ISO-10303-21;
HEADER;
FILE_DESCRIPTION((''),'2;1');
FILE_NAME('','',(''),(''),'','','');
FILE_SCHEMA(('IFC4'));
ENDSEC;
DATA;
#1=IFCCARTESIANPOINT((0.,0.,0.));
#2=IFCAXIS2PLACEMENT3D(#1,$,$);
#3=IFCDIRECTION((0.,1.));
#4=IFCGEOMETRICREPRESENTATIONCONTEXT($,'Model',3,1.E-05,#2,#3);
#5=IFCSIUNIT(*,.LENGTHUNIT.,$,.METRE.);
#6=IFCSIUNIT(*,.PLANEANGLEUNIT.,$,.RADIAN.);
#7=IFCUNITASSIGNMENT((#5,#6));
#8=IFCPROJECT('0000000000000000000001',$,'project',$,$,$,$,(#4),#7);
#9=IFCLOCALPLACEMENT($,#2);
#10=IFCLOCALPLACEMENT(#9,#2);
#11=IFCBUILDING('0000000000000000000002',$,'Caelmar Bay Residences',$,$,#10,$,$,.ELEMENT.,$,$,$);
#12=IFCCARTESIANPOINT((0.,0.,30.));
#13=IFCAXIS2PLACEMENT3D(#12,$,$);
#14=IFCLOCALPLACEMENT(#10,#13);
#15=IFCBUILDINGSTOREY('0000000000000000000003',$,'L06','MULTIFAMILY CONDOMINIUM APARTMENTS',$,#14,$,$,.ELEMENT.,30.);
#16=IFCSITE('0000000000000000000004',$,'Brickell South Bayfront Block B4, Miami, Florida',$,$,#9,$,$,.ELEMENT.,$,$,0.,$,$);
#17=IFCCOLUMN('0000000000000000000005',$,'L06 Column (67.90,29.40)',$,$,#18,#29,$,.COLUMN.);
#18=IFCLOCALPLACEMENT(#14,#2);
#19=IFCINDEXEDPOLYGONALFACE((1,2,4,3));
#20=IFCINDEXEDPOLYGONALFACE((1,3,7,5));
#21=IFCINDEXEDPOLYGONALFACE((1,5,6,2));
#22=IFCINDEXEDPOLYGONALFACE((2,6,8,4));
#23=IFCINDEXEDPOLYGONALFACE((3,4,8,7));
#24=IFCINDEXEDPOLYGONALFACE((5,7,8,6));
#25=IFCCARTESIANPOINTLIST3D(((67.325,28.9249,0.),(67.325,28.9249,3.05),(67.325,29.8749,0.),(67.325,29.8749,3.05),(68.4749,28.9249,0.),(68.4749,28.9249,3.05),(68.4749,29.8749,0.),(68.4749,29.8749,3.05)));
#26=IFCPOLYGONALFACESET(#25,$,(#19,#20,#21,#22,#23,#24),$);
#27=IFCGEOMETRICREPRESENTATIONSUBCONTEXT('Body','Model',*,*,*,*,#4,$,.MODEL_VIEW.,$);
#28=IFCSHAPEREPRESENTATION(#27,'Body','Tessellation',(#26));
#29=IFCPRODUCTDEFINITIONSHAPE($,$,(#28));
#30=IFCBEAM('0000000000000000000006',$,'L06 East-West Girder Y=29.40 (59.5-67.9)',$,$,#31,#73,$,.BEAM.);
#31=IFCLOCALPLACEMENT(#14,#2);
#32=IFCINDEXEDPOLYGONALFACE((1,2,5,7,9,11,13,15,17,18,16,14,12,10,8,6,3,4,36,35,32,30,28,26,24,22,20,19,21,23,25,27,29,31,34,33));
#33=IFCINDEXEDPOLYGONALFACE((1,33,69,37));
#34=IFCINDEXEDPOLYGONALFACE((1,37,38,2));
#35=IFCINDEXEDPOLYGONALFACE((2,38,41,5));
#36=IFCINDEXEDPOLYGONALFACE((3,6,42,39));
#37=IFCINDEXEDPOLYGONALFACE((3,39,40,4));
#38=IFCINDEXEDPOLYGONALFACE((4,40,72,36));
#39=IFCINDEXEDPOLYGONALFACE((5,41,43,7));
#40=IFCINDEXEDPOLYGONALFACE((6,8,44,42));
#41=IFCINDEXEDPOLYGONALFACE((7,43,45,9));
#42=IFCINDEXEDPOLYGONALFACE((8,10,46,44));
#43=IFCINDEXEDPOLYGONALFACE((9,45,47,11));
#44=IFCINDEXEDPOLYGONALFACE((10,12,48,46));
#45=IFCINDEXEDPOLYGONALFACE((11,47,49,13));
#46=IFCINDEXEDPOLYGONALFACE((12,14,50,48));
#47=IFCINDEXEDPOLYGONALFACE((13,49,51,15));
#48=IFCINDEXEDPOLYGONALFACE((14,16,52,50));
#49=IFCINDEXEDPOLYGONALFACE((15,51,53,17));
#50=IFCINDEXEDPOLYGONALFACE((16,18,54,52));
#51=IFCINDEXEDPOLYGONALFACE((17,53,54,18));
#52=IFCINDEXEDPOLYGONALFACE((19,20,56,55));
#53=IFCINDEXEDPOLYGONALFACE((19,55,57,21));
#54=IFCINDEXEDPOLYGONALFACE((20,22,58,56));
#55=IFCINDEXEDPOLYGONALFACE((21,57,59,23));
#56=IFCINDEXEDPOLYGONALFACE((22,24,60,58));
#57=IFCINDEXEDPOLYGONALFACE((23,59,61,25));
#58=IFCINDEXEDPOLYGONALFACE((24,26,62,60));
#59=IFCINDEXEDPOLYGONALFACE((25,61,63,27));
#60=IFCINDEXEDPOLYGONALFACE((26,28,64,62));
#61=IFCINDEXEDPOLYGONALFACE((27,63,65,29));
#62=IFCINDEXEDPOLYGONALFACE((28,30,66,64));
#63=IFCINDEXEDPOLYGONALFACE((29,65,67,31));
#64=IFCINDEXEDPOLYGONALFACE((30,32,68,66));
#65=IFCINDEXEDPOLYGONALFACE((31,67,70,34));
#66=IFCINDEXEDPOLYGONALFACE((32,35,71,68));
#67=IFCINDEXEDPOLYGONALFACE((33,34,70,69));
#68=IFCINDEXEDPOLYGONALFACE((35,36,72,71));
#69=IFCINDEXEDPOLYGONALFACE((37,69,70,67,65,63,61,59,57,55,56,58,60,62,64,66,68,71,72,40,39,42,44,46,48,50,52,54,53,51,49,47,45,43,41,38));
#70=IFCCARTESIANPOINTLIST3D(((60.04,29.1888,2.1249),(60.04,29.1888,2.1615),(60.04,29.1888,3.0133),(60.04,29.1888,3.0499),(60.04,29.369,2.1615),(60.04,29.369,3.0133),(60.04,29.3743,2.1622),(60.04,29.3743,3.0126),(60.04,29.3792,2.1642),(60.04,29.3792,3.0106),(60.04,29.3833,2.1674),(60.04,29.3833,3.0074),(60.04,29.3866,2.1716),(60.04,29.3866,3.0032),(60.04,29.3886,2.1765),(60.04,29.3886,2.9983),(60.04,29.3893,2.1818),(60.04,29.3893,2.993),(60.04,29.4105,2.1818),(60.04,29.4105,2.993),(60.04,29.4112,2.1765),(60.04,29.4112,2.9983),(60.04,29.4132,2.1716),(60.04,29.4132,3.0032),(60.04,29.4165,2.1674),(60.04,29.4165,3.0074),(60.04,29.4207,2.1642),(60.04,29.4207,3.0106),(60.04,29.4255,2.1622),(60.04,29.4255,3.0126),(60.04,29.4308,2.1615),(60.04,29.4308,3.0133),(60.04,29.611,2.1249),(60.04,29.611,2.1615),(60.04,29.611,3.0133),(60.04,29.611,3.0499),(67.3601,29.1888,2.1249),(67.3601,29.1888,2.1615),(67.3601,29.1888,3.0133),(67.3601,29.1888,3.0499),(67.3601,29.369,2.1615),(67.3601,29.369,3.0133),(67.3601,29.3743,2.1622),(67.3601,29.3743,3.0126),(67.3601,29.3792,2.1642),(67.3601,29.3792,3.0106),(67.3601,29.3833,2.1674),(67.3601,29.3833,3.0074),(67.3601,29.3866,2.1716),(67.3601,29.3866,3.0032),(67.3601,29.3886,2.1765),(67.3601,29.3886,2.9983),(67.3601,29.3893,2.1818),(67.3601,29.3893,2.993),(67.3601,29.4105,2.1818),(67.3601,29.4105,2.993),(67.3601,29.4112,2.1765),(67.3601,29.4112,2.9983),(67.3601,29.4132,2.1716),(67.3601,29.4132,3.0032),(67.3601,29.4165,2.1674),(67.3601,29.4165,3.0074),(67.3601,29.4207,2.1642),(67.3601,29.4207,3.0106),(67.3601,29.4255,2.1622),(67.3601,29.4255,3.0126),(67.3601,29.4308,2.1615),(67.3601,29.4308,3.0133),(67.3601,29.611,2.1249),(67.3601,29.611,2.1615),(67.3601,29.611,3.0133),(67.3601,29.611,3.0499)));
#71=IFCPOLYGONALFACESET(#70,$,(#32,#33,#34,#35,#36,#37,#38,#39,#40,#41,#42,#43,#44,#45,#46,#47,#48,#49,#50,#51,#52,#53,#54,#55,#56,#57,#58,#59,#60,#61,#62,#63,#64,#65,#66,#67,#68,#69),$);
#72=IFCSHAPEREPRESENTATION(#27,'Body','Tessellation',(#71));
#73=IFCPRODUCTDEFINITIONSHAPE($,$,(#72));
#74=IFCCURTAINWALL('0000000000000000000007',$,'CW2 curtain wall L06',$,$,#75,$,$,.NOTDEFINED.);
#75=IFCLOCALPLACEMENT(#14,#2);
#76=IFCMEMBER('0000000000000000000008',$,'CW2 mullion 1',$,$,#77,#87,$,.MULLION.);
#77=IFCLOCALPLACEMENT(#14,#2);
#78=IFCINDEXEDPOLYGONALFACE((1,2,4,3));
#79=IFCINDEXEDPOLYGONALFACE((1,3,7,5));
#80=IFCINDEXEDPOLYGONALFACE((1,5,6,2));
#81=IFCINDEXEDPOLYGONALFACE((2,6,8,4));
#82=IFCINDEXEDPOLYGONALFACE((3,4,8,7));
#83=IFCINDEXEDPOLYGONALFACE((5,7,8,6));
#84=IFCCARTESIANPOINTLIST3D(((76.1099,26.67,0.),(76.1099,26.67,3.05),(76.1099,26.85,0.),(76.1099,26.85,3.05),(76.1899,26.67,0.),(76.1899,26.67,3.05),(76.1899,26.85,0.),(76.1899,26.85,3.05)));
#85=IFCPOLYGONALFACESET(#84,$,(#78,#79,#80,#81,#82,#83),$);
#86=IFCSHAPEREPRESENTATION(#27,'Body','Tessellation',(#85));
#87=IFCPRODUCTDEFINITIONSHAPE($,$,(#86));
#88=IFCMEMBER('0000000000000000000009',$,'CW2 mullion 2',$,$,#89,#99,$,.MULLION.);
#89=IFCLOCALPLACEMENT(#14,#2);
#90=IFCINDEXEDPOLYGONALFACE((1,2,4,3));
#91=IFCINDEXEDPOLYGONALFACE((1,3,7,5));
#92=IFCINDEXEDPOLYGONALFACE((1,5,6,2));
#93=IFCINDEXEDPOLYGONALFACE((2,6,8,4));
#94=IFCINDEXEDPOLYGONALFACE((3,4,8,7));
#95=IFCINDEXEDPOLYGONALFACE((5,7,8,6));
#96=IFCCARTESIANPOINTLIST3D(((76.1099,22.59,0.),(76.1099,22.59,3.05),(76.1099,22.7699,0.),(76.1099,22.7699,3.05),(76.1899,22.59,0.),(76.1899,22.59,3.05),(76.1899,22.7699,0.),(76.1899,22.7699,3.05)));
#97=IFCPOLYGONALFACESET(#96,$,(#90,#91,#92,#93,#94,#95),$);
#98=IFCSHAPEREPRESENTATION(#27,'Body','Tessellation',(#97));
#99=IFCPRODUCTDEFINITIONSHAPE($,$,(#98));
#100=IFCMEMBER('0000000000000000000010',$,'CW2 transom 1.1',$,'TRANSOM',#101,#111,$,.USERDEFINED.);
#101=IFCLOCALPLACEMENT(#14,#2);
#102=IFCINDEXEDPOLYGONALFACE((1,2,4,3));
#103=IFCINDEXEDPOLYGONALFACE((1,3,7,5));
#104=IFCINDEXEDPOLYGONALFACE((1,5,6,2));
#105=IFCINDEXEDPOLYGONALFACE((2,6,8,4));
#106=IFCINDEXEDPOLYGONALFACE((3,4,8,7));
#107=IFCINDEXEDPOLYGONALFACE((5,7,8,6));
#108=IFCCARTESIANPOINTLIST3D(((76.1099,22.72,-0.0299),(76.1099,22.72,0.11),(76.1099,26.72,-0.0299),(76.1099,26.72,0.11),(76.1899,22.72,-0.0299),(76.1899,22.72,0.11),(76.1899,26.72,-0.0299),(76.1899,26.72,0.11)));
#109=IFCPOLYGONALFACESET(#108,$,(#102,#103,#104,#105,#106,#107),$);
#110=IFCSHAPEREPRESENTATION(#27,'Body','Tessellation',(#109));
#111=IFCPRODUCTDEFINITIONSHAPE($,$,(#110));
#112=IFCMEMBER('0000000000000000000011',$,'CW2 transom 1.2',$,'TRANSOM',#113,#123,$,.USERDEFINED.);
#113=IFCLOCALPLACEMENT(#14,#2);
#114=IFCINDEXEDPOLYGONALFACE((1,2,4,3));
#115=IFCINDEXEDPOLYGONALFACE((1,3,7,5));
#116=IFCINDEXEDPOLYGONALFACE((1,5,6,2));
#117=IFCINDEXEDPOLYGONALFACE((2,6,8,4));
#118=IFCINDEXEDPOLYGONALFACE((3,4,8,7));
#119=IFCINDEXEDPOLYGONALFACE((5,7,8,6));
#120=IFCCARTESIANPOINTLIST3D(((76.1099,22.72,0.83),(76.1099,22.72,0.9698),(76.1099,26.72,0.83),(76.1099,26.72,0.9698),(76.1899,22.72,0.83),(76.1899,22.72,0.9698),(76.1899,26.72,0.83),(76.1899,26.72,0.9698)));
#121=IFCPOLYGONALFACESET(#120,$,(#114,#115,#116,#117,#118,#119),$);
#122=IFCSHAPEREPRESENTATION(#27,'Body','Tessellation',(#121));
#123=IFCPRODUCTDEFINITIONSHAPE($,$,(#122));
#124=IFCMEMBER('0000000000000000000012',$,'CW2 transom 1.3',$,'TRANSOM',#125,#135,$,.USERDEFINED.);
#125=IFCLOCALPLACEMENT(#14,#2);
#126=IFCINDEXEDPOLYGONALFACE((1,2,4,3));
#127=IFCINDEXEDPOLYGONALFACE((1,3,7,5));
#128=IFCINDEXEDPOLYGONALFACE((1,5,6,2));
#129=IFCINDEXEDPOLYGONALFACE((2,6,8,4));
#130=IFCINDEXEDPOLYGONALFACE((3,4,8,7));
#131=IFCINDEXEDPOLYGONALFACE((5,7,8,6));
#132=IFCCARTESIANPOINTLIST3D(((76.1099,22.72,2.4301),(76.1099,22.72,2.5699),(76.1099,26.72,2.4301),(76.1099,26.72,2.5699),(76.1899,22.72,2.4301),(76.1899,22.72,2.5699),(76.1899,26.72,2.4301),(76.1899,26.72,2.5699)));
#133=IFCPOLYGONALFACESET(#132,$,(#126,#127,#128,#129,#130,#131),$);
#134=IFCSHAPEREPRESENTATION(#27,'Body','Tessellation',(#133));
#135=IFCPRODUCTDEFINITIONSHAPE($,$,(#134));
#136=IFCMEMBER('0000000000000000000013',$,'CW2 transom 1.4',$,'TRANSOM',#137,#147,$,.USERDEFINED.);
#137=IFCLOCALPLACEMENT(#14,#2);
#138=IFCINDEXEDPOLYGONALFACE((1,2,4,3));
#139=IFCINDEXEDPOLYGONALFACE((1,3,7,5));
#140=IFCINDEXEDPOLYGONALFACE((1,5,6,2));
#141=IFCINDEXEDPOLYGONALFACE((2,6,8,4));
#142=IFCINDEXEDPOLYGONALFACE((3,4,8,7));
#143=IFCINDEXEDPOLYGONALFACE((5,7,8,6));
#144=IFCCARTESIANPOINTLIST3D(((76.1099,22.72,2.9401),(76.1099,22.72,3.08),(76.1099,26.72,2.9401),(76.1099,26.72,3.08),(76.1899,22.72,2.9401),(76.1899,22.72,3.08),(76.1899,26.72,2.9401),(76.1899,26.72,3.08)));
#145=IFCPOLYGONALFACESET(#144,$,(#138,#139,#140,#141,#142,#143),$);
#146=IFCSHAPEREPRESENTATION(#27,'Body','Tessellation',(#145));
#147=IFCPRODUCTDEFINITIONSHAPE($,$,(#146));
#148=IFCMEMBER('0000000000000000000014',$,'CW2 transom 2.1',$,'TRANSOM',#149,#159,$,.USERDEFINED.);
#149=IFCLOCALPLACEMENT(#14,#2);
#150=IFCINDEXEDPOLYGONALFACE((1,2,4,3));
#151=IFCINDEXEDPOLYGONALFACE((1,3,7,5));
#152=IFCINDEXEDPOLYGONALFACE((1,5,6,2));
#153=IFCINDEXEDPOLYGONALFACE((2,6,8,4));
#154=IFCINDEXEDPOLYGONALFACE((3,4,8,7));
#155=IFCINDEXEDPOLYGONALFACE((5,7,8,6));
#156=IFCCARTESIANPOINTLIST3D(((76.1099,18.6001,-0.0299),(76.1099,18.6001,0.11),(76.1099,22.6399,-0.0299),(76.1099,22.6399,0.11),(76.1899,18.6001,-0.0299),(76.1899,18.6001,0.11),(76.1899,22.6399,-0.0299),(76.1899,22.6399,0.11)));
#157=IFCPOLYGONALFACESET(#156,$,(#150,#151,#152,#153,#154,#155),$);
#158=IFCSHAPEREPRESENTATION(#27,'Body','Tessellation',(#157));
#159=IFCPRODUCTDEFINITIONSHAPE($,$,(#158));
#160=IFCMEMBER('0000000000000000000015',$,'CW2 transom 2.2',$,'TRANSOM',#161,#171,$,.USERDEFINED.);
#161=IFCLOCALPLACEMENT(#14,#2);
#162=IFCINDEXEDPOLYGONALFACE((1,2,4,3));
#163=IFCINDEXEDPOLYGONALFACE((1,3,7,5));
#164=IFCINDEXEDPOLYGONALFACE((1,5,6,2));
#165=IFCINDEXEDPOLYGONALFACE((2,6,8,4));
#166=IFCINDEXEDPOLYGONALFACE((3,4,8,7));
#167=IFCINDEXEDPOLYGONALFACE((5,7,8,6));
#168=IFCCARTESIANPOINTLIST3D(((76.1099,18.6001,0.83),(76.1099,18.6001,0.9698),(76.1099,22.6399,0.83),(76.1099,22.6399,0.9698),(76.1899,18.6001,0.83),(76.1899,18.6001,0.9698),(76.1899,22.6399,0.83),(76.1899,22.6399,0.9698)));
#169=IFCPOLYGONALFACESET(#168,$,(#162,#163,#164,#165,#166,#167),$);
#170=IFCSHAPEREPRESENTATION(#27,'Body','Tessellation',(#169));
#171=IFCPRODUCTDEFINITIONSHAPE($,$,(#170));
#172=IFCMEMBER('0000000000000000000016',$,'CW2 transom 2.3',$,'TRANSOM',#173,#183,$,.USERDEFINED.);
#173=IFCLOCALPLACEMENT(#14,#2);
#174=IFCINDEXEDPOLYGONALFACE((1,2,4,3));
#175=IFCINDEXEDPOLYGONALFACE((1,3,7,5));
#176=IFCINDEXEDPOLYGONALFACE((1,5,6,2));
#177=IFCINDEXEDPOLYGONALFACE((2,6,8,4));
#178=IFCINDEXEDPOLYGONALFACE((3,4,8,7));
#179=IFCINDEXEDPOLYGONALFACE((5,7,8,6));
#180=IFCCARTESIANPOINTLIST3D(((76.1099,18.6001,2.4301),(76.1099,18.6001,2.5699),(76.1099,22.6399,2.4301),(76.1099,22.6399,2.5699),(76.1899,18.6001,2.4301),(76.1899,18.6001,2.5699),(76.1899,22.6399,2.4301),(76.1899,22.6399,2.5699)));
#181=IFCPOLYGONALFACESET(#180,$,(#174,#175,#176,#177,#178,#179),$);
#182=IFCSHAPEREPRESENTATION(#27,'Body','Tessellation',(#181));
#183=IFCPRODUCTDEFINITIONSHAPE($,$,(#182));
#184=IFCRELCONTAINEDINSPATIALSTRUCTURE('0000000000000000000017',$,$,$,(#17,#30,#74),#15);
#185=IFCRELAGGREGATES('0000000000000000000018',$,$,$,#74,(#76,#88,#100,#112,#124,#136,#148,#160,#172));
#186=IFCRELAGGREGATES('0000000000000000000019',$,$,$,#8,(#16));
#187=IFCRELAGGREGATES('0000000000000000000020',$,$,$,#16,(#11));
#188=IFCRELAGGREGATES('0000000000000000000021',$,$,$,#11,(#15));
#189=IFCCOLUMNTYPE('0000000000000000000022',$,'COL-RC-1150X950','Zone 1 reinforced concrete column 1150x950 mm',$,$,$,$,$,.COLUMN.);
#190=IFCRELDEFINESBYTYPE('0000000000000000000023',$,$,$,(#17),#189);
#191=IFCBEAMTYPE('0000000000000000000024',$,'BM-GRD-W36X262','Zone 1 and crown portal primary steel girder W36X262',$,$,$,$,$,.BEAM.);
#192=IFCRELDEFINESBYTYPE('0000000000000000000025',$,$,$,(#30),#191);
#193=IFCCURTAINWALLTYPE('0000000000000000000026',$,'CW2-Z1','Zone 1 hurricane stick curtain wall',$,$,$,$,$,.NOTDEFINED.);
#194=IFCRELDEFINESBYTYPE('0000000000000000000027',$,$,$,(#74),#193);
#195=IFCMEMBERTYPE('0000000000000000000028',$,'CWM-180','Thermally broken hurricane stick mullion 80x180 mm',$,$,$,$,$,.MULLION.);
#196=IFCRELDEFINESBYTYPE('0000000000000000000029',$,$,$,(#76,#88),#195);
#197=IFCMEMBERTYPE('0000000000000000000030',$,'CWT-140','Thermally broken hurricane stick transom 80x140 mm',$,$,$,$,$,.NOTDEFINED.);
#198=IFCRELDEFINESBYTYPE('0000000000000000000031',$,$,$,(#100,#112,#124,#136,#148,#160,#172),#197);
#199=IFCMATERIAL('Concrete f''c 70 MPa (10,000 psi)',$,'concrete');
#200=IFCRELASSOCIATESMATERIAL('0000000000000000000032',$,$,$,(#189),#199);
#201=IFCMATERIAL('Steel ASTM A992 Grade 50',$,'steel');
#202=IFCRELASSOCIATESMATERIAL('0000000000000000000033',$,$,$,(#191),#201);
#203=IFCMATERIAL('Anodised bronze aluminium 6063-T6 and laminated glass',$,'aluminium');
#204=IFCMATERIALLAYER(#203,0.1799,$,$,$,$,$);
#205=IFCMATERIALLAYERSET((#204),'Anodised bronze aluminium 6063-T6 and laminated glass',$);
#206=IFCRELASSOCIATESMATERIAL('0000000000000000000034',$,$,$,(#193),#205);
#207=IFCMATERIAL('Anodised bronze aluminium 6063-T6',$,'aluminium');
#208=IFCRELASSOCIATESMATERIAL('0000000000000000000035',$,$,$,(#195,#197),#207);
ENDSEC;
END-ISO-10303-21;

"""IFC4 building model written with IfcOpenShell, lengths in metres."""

from ifc_helpers import new_model, si_unit, direction, frame, origin, origin_2d, place, context, subcontext, project, spatial, rectangle, i_section, extrude, material, layer, layer_set, material_profile, profile_set, type_object, element, aggregate, save


model = new_model("IFC4")

# Units and contexts
model_context = context("Model", 3, precision=1e-05, world=origin(), true_north=direction((0.0, 1.0)))
body_context = subcontext(model_context, "Body", "Model", "MODEL_VIEW")
ifc_project = project(units=[si_unit("LENGTHUNIT", "METRE"), si_unit("PLANEANGLEUNIT", "RADIAN")], contexts=[model_context])

# Site, building, storey
site_placement = place(None, origin())
site = spatial("IfcSite", under=ifc_project, at=site_placement, Name="Brickell South Bayfront Block B4, Miami, Florida", CompositionType="ELEMENT", RefElevation=0.0)
building_placement = place(site_placement, origin())
building = spatial("IfcBuilding", under=site, at=building_placement, Name="Caelmar Bay Residences", CompositionType="ELEMENT")
storey_placement = place(building_placement, frame((0.0, 0.0, 30.0)))
storey = spatial("IfcBuildingStorey", under=building, at=storey_placement, Name="L06", Description="MULTIFAMILY CONDOMINIUM APARTMENTS", CompositionType="ELEMENT", Elevation=30.0)

# Column
ifc_material_1 = material(Name="Concrete f'c 70 MPa (10,000 psi)", Category="concrete")
ifc_material_profile_1 = material_profile(ifc_material_1, rectangle(XDim=1.1499, YDim=0.95, at=origin_2d()), Name="RC-COL-1150X950")
ifc_profile_set_1 = profile_set([ifc_material_profile_1], Name="Concrete f'c 70 MPa (10,000 psi)")
column_type = type_object("IfcColumnType", Name="COL-RC-1150X950", Description="Zone 1 reinforced concrete column 1150x950 mm", PredefinedType="COLUMN", material=ifc_profile_set_1)
column_placement = place(storey_placement, frame((67.8999, 29.3999, 0.0), z_axis=(0.0, 0.0, 1.0), x_axis=(1.0, 0.0, 0.0)))
element("IfcColumn", 1, at=column_placement, inside=storey, type_object=column_type, Name="L06 Column (67.90,29.40)", PredefinedType="COLUMN", context=body_context, shape_type="SweptSolid", body=[
    extrude(rectangle(XDim=1.1499, YDim=0.95, at=origin_2d()), origin(), (0.0, 0.0, 1.0), 3.05),
])

# Beam
ifc_material_2 = material(Name="Steel ASTM A992 Grade 50", Category="steel")
ifc_material_profile_2 = material_profile(ifc_material_2, i_section(OverallWidth=0.4221, OverallDepth=0.925, WebThickness=0.0212, FlangeThickness=0.0366, FilletRadius=0.0203, at=origin_2d()), Name="W36X262")
ifc_profile_set_2 = profile_set([ifc_material_profile_2], Name="Steel ASTM A992 Grade 50")
beam_type = type_object("IfcBeamType", Name="BM-GRD-W36X262", Description="Zone 1 and crown portal primary steel girder W36X262", PredefinedType="BEAM", material=ifc_profile_set_2)
beam_placement = place(storey_placement, frame((60.04, 29.3999, 2.5874), z_axis=(1.0, 0.0, 0.0), x_axis=(0.0, 1.0, 0.0)))
element("IfcBeam", 2, at=beam_placement, inside=storey, type_object=beam_type, Name="L06 East-West Girder Y=29.40 (59.5-67.9)", PredefinedType="BEAM", context=body_context, shape_type="SweptSolid", body=[
    extrude(i_section(OverallWidth=0.4221, OverallDepth=0.925, WebThickness=0.0212, FlangeThickness=0.0366, FilletRadius=0.0203, at=origin_2d()), origin(), (0.0, 0.0, 1.0), 7.3201),
])

# Curtain wall, members
ifc_material_3 = material(Name="Anodised bronze aluminium 6063-T6 and laminated glass", Category="aluminium")
ifc_layer_1 = layer(ifc_material_3, 0.1799)
ifc_layer_set_1 = layer_set([ifc_layer_1], Name="Anodised bronze aluminium 6063-T6 and laminated glass")
curtain_wall_type = type_object("IfcCurtainWallType", Name="CW2-Z1", Description="Zone 1 hurricane stick curtain wall", PredefinedType="NOTDEFINED", material=ifc_layer_set_1)
curtain_wall_placement = place(storey_placement, origin())
curtain_wall = element("IfcCurtainWall", 3, at=curtain_wall_placement, inside=storey, type_object=curtain_wall_type, Name="CW2 curtain wall L06", PredefinedType="NOTDEFINED")
ifc_material_4 = material(Name="Anodised bronze aluminium 6063-T6", Category="aluminium")
ifc_material_profile_3 = material_profile(ifc_material_4, rectangle(XDim=0.0801, YDim=0.1799, at=origin_2d()), Name="CWM-80X180")
ifc_profile_set_3 = profile_set([ifc_material_profile_3], Name="Anodised bronze aluminium 6063-T6")
member_type_1 = type_object("IfcMemberType", Name="CWM-180", Description="Thermally broken hurricane stick mullion 80x180 mm", PredefinedType="MULLION", material=ifc_profile_set_3)
member_1_placement = place(storey_placement, frame((76.1499, 26.76, 0.0), z_axis=(0.0, 0.0, 1.0), x_axis=(1.0, 0.0, 0.0)))
member_1 = element("IfcMember", 4, at=member_1_placement, type_object=member_type_1, Name="CW2 mullion 1", PredefinedType="MULLION", context=body_context, shape_type="SweptSolid", body=[
    extrude(rectangle(XDim=0.0801, YDim=0.1799, at=origin_2d()), origin(), (0.0, 0.0, 1.0), 3.05),
])
member_2_placement = place(storey_placement, frame((76.1499, 22.6799, 0.0), z_axis=(0.0, 0.0, 1.0), x_axis=(1.0, 0.0, 0.0)))
member_2 = element("IfcMember", 5, at=member_2_placement, type_object=member_type_1, Name="CW2 mullion 2", PredefinedType="MULLION", context=body_context, shape_type="SweptSolid", body=[
    extrude(rectangle(XDim=0.0801, YDim=0.1799, at=origin_2d()), origin(), (0.0, 0.0, 1.0), 3.05),
])
ifc_material_profile_4 = material_profile(ifc_material_4, rectangle(XDim=0.0801, YDim=0.1399, at=origin_2d()), Name="CWT-80X140")
ifc_profile_set_4 = profile_set([ifc_material_profile_4], Name="Anodised bronze aluminium 6063-T6")
member_type_2 = type_object("IfcMemberType", Name="CWT-140", Description="Thermally broken hurricane stick transom 80x140 mm", PredefinedType="NOTDEFINED", material=ifc_profile_set_4)
member_3_placement = place(storey_placement, frame((76.1499, 26.72, 0.04), z_axis=(0.0, -1.0, 0.0), x_axis=(1.0, 0.0, 0.0)))
member_3 = element("IfcMember", 6, at=member_3_placement, type_object=member_type_2, Name="CW2 transom 1.1", ObjectType="TRANSOM", PredefinedType="USERDEFINED", context=body_context, shape_type="SweptSolid", body=[
    extrude(rectangle(XDim=0.0801, YDim=0.1399, at=origin_2d()), origin(), (0.0, 0.0, 1.0), 4.0),
])
member_4_placement = place(storey_placement, frame((76.1499, 26.72, 0.8999), z_axis=(0.0, -1.0, 0.0), x_axis=(1.0, 0.0, 0.0)))
member_4 = element("IfcMember", 7, at=member_4_placement, type_object=member_type_2, Name="CW2 transom 1.2", ObjectType="TRANSOM", PredefinedType="USERDEFINED", context=body_context, shape_type="SweptSolid", body=[
    extrude(rectangle(XDim=0.0801, YDim=0.1399, at=origin_2d()), origin(), (0.0, 0.0, 1.0), 4.0),
])
member_5_placement = place(storey_placement, frame((76.1499, 26.72, 2.5), z_axis=(0.0, -1.0, 0.0), x_axis=(1.0, 0.0, 0.0)))
member_5 = element("IfcMember", 8, at=member_5_placement, type_object=member_type_2, Name="CW2 transom 1.3", ObjectType="TRANSOM", PredefinedType="USERDEFINED", context=body_context, shape_type="SweptSolid", body=[
    extrude(rectangle(XDim=0.0801, YDim=0.1399, at=origin_2d()), origin(), (0.0, 0.0, 1.0), 4.0),
])
member_6_placement = place(storey_placement, frame((76.1499, 26.72, 3.01), z_axis=(0.0, -1.0, 0.0), x_axis=(1.0, 0.0, 0.0)))
member_6 = element("IfcMember", 9, at=member_6_placement, type_object=member_type_2, Name="CW2 transom 1.4", ObjectType="TRANSOM", PredefinedType="USERDEFINED", context=body_context, shape_type="SweptSolid", body=[
    extrude(rectangle(XDim=0.0801, YDim=0.1399, at=origin_2d()), origin(), (0.0, 0.0, 1.0), 4.0),
])
member_7_placement = place(storey_placement, frame((76.1499, 22.6399, 0.04), z_axis=(0.0, -1.0, 0.0), x_axis=(1.0, 0.0, 0.0)))
member_7 = element("IfcMember", 10, at=member_7_placement, type_object=member_type_2, Name="CW2 transom 2.1", ObjectType="TRANSOM", PredefinedType="USERDEFINED", context=body_context, shape_type="SweptSolid", body=[
    extrude(rectangle(XDim=0.0801, YDim=0.1399, at=origin_2d()), origin(), (0.0, 0.0, 1.0), 4.0398),
])
member_8_placement = place(storey_placement, frame((76.1499, 22.6399, 0.8999), z_axis=(0.0, -1.0, 0.0), x_axis=(1.0, 0.0, 0.0)))
member_8 = element("IfcMember", 11, at=member_8_placement, type_object=member_type_2, Name="CW2 transom 2.2", ObjectType="TRANSOM", PredefinedType="USERDEFINED", context=body_context, shape_type="SweptSolid", body=[
    extrude(rectangle(XDim=0.0801, YDim=0.1399, at=origin_2d()), origin(), (0.0, 0.0, 1.0), 4.0398),
])
member_9_placement = place(storey_placement, frame((76.1499, 22.6399, 2.5), z_axis=(0.0, -1.0, 0.0), x_axis=(1.0, 0.0, 0.0)))
member_9 = element("IfcMember", 12, at=member_9_placement, type_object=member_type_2, Name="CW2 transom 2.3", ObjectType="TRANSOM", PredefinedType="USERDEFINED", context=body_context, shape_type="SweptSolid", body=[
    extrude(rectangle(XDim=0.0801, YDim=0.1399, at=origin_2d()), origin(), (0.0, 0.0, 1.0), 4.0398),
])
aggregate(curtain_wall, [member_1, member_2, member_3, member_4, member_5, member_6, member_7, member_8, member_9])

save(model, "model.ifc")
